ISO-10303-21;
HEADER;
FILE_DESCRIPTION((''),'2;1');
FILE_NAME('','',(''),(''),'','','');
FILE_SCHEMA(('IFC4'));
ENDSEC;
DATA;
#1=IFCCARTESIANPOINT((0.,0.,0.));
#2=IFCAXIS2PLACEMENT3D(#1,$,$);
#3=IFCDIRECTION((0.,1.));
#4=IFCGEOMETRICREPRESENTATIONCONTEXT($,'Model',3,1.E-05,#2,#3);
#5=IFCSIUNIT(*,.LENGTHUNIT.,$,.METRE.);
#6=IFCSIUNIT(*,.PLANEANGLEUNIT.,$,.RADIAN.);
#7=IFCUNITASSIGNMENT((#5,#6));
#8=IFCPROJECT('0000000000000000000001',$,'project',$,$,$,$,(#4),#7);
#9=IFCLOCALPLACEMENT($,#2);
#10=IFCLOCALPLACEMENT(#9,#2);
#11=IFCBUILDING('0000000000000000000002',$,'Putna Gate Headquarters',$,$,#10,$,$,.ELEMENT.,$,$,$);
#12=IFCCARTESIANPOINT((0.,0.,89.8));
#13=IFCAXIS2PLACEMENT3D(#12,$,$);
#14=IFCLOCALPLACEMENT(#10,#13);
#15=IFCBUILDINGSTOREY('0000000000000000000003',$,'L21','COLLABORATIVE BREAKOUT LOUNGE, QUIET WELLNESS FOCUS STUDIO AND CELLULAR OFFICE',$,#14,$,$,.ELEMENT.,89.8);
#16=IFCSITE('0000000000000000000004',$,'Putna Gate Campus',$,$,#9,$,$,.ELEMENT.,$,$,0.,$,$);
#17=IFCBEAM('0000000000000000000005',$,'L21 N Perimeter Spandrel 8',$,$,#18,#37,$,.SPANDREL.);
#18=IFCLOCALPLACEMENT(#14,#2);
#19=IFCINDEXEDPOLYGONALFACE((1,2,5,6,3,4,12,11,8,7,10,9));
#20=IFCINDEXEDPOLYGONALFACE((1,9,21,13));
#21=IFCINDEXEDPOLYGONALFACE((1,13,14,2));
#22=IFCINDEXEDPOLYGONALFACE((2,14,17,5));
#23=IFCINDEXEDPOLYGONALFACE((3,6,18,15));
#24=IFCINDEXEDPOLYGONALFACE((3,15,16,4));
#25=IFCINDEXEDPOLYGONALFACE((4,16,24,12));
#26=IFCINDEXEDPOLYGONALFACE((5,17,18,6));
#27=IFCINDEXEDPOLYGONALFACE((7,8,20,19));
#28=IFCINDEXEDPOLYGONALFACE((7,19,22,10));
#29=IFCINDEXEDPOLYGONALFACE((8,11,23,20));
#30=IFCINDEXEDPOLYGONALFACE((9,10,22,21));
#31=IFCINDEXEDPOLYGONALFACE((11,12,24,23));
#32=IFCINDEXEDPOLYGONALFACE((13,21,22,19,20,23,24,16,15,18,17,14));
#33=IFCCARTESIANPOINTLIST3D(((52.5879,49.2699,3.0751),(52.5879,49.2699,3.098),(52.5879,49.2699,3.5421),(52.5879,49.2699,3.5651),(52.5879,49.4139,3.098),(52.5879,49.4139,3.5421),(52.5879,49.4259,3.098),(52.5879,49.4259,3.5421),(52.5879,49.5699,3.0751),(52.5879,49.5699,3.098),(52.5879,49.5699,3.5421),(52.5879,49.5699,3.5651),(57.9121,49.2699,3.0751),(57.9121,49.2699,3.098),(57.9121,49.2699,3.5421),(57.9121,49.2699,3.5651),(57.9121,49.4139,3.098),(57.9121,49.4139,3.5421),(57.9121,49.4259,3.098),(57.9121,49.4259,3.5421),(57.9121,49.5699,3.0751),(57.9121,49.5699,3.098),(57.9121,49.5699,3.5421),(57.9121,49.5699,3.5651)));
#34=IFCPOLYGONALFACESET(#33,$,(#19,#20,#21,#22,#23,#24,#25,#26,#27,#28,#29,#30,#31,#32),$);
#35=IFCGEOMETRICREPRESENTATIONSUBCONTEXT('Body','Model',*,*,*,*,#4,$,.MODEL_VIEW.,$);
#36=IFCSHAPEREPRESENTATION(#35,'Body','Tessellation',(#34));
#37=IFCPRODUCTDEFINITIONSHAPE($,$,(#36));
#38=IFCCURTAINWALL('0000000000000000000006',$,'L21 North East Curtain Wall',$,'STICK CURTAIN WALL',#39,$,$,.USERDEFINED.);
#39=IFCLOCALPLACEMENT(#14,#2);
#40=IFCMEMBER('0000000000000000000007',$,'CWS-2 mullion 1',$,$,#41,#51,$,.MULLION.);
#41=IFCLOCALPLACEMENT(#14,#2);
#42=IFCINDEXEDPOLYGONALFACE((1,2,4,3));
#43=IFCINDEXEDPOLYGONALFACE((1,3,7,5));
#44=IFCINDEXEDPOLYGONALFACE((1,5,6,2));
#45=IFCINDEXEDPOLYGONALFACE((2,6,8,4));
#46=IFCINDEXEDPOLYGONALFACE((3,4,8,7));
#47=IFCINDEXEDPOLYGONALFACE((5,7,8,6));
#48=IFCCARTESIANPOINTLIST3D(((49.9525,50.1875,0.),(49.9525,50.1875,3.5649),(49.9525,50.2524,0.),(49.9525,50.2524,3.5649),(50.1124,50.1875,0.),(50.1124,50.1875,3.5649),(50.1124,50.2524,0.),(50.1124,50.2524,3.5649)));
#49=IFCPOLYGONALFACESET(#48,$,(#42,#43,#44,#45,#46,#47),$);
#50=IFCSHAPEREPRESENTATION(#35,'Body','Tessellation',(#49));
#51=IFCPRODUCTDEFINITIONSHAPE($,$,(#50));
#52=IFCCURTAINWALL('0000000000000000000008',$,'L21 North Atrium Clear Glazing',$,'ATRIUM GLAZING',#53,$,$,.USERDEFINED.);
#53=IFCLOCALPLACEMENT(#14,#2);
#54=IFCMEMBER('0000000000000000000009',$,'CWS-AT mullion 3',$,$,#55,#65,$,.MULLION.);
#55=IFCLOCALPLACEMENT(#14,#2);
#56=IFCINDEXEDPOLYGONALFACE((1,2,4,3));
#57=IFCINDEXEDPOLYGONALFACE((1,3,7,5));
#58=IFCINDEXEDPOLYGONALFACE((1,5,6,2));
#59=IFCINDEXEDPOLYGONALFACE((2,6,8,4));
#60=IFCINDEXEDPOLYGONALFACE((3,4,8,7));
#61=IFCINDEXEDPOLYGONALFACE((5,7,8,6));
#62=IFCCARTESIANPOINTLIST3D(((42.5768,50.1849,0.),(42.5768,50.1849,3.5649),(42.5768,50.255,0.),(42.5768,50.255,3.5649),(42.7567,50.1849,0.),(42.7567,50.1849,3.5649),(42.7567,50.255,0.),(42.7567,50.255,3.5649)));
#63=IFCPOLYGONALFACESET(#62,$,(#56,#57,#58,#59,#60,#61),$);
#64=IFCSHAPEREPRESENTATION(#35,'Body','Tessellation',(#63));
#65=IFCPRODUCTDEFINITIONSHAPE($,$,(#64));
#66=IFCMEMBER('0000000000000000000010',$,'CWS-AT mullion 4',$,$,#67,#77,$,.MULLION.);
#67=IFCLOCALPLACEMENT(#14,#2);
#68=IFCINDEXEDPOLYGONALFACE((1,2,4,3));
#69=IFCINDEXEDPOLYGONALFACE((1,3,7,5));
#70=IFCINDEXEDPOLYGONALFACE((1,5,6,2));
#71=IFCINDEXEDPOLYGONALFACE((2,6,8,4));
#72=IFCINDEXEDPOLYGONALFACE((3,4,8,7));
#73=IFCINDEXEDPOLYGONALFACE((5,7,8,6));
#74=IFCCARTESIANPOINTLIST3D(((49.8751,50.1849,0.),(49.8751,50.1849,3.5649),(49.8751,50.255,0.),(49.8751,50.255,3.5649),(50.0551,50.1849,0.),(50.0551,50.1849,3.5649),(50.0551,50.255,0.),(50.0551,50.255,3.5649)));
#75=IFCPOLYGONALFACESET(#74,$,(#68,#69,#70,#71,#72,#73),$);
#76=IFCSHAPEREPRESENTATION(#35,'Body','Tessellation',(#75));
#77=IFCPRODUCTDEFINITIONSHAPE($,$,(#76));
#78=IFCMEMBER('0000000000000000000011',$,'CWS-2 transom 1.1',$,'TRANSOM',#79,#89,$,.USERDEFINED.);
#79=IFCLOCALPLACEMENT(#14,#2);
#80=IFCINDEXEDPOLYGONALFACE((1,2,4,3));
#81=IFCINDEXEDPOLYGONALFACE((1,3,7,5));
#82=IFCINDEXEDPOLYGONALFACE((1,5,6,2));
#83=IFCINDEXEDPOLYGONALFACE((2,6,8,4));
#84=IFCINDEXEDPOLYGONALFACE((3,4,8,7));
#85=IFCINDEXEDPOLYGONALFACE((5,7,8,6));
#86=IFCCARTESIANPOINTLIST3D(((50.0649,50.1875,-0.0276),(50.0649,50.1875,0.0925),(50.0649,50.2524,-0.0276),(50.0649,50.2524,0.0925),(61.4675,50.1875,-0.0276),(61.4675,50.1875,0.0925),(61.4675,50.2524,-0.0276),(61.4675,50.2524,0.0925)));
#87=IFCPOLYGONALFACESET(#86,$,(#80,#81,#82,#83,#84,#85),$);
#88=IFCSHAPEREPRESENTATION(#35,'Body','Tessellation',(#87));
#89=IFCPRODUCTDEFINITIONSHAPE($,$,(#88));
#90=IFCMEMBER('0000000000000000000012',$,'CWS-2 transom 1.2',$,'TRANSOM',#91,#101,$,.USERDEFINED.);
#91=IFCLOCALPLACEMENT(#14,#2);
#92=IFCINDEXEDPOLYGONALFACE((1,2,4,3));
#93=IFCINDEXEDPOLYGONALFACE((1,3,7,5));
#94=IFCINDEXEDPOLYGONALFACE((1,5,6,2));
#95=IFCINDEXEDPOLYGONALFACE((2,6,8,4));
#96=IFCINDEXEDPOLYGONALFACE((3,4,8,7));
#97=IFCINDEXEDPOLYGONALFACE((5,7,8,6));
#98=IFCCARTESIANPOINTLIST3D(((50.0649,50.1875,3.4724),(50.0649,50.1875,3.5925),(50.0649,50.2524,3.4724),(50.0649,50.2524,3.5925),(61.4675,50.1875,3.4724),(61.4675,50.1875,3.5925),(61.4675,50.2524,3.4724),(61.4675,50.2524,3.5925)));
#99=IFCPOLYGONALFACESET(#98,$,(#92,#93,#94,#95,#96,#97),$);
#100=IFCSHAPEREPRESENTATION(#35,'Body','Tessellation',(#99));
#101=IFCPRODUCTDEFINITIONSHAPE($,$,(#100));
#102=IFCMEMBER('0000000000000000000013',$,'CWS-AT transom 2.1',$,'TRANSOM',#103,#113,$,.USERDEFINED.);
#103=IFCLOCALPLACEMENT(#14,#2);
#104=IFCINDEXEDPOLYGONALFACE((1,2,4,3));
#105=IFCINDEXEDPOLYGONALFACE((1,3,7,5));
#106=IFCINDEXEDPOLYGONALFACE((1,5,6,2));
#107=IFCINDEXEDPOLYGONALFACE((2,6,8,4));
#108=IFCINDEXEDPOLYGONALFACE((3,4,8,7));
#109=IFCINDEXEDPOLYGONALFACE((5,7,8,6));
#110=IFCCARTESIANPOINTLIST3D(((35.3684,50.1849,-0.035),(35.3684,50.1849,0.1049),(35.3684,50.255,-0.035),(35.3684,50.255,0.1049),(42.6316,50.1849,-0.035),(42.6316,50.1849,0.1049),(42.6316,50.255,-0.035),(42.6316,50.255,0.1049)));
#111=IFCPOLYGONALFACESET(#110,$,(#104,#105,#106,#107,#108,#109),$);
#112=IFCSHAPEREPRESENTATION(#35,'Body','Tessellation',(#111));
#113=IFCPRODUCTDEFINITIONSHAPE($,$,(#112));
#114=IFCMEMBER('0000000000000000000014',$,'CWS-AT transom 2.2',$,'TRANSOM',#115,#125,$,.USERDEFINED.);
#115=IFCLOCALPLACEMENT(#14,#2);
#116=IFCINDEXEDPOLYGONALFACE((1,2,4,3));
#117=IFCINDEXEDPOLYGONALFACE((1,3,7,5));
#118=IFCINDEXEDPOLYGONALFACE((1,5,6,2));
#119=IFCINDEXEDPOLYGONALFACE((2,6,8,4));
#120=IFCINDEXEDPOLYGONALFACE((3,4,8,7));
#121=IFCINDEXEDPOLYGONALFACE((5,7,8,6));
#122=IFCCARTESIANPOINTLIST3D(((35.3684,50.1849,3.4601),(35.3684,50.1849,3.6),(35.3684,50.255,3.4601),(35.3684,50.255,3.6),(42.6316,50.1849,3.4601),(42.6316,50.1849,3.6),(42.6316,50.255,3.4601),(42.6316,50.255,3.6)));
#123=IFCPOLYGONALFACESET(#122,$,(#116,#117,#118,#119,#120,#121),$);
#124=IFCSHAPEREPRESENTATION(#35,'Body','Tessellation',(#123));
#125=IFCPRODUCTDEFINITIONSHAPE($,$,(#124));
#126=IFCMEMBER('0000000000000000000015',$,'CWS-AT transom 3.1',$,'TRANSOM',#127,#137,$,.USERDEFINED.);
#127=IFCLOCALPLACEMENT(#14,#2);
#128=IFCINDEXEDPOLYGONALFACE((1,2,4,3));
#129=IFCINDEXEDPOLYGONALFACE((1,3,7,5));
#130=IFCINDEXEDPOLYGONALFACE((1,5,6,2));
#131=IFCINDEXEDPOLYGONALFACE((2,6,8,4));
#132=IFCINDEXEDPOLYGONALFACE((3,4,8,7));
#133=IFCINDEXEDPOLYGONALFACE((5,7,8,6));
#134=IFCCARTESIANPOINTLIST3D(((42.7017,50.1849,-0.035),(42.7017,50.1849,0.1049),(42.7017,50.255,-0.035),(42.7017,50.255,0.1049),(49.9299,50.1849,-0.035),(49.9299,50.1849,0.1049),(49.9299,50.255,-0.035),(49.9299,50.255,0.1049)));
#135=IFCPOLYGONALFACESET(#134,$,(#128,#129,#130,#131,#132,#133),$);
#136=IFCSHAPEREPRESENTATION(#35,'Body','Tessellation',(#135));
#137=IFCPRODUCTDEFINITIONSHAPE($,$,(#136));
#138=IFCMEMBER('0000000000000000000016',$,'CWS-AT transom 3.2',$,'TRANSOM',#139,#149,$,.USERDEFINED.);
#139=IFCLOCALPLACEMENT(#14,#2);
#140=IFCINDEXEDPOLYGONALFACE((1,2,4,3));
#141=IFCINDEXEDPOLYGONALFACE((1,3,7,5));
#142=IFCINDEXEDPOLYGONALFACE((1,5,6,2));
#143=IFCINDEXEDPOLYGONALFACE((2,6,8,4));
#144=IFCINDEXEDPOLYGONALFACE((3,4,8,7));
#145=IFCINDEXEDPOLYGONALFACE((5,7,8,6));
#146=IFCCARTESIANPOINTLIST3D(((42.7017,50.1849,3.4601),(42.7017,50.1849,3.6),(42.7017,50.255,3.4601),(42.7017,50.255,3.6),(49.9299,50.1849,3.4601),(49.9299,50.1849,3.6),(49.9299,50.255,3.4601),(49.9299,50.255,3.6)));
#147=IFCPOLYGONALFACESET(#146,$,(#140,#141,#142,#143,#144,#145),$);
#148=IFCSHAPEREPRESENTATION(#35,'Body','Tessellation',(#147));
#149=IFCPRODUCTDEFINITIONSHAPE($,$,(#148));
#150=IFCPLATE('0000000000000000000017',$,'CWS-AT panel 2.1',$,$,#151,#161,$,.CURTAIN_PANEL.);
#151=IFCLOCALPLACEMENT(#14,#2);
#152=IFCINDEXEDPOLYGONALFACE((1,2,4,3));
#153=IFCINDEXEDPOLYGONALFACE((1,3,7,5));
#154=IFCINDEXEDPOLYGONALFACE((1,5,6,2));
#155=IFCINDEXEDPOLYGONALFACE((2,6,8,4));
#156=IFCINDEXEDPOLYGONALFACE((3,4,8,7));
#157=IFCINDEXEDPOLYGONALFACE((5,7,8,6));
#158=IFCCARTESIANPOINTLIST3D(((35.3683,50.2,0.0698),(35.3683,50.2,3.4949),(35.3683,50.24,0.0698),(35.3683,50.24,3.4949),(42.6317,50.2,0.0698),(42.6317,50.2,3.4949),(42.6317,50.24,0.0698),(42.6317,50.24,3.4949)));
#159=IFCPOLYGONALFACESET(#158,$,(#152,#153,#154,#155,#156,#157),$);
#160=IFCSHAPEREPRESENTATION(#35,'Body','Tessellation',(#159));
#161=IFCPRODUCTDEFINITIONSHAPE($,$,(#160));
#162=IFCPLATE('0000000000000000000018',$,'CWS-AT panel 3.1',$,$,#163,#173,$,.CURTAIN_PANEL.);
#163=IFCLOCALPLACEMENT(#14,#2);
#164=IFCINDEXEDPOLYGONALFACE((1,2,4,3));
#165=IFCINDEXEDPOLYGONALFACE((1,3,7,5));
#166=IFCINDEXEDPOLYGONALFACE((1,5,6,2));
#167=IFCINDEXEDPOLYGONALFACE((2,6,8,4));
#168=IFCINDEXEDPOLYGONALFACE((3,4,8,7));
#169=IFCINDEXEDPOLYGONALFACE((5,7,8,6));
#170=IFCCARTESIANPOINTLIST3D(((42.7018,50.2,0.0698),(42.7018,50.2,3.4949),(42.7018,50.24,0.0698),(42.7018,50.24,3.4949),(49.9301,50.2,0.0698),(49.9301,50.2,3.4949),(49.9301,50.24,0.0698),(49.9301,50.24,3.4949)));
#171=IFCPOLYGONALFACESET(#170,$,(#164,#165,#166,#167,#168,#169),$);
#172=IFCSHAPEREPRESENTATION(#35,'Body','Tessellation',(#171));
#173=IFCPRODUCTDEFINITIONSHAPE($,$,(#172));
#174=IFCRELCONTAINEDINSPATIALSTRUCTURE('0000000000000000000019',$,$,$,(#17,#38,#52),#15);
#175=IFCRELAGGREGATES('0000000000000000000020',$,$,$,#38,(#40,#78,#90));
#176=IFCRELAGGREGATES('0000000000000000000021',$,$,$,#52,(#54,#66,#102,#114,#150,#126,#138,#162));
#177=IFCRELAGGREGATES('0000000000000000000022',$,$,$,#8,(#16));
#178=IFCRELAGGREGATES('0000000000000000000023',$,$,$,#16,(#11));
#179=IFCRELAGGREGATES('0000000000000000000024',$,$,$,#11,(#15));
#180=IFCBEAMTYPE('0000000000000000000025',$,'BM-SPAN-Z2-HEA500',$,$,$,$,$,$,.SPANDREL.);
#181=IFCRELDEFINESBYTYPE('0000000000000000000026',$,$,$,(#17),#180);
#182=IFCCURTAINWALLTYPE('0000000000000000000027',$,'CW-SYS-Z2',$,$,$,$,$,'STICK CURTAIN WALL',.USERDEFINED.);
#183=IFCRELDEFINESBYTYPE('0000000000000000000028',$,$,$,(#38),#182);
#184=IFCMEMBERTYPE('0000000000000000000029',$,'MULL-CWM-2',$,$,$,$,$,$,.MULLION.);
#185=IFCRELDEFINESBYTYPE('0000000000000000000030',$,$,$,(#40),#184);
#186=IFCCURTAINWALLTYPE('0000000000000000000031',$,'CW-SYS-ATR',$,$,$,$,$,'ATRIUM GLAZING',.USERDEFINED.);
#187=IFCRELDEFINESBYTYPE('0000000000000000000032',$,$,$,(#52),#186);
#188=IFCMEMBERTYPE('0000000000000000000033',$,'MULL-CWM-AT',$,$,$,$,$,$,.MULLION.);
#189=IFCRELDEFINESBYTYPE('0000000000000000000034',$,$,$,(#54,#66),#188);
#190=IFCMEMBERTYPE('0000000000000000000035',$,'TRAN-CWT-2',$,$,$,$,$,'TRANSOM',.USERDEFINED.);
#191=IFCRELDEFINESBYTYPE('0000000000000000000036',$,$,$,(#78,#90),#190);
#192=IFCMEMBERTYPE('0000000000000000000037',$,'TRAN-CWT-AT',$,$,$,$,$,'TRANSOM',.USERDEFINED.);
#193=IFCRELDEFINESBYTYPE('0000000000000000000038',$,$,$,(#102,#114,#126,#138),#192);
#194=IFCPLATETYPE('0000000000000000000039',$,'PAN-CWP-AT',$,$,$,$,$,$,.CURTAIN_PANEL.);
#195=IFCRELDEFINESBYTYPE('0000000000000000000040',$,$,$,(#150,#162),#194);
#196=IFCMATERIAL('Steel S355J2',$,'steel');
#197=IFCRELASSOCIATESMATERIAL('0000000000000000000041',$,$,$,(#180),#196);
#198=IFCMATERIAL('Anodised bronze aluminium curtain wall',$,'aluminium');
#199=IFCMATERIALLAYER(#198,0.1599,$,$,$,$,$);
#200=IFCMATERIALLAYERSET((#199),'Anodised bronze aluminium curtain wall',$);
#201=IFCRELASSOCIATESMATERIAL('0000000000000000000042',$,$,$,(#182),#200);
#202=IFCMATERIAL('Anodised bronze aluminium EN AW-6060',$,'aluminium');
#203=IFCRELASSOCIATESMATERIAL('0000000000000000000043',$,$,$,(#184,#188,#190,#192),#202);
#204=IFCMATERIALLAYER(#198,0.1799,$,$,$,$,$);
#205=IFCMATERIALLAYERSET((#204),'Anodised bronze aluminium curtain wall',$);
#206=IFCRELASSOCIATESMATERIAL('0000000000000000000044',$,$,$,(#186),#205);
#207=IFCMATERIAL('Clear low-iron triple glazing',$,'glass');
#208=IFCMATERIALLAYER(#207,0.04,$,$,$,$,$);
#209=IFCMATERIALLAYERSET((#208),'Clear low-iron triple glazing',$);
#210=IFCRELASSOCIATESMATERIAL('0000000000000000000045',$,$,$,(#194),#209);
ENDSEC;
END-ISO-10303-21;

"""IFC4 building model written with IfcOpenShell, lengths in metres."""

from ifc_helpers import new_model, si_unit, direction, frame, origin, origin_2d, place, context, subcontext, project, spatial, rectangle, i_section, extrude, material, layer, layer_set, material_profile, profile_set, type_object, element, aggregate, save


model = new_model("IFC4")

# Units and contexts
model_context = context("Model", 3, precision=1e-05, world=origin(), true_north=direction((0.0, 1.0)))
body_context = subcontext(model_context, "Body", "Model", "MODEL_VIEW")
ifc_project = project(units=[si_unit("LENGTHUNIT", "METRE"), si_unit("PLANEANGLEUNIT", "RADIAN")], contexts=[model_context])

# Site, building, storey
site_placement = place(None, origin())
site = spatial("IfcSite", under=ifc_project, at=site_placement, Name="Putna Gate Campus", CompositionType="ELEMENT", RefElevation=0.0)
building_placement = place(site_placement, origin())
building = spatial("IfcBuilding", under=site, at=building_placement, Name="Putna Gate Headquarters", CompositionType="ELEMENT")
storey_placement = place(building_placement, frame((0.0, 0.0, 89.8)))
storey = spatial("IfcBuildingStorey", under=building, at=storey_placement, Name="L21", Description="COLLABORATIVE BREAKOUT LOUNGE, QUIET WELLNESS FOCUS STUDIO AND CELLULAR OFFICE", CompositionType="ELEMENT", Elevation=89.8)

# Beam
ifc_material_1 = material(Name="Steel S355J2", Category="steel")
ifc_material_profile_1 = material_profile(ifc_material_1, i_section(OverallWidth=0.3, OverallDepth=0.49, WebThickness=0.012, FlangeThickness=0.0229, at=origin_2d()), Name="Steel S355J2")
ifc_profile_set_1 = profile_set([ifc_material_profile_1], Name="Steel S355J2")
beam_type_1 = type_object("IfcBeamType", Name="BM-SPAN-Z2-HEA500", PredefinedType="SPANDREL", material=ifc_profile_set_1)
for number, where, z_axis, x_axis, name in (
    (1, (52.5879, 49.4199, 3.3201), (1.0, 0.0, 0.0), (0.0, 1.0, 0.0), "L21 N Perimeter Spandrel 8"),
):
    element("IfcBeam", number, at=place(storey_placement, frame(where, z_axis=z_axis, x_axis=x_axis)), inside=storey, type_object=beam_type_1, Name=name, PredefinedType="SPANDREL", context=body_context, shape_type="SweptSolid", body=[
        extrude(i_section(OverallWidth=0.3, OverallDepth=0.49, WebThickness=0.012, FlangeThickness=0.0229, at=origin_2d()), origin(), (0.0, 0.0, 1.0), 5.3242),
    ])

# Curtain wall, member
ifc_material_2 = material(Name="Anodised bronze aluminium curtain wall", Category="aluminium")
ifc_layer_1 = layer(ifc_material_2, 0.1599)
ifc_layer_set_1 = layer_set([ifc_layer_1], Name="Anodised bronze aluminium curtain wall")
curtain_wall_type_1 = type_object("IfcCurtainWallType", Name="CW-SYS-Z2", ElementType="STICK CURTAIN WALL", PredefinedType="USERDEFINED", material=ifc_layer_set_1)
curtain_wall_1_placement = place(storey_placement, origin())
curtain_wall_1 = element("IfcCurtainWall", 2, at=curtain_wall_1_placement, inside=storey, type_object=curtain_wall_type_1, Name="L21 North East Curtain Wall", ObjectType="STICK CURTAIN WALL", PredefinedType="USERDEFINED")
ifc_material_3 = material(Name="Anodised bronze aluminium EN AW-6060", Category="aluminium")
ifc_material_profile_2 = material_profile(ifc_material_3, rectangle(XDim=0.0649, YDim=0.1599, at=origin_2d()), Name="Anodised bronze aluminium EN AW-6060")
ifc_profile_set_2 = profile_set([ifc_material_profile_2], Name="Anodised bronze aluminium EN AW-6060")
member_type_1 = type_object("IfcMemberType", Name="MULL-CWM-2", PredefinedType="MULLION", material=ifc_profile_set_2)
member_1_placement = place(storey_placement, frame((50.0325, 50.22, 0.0), z_axis=(0.0, 0.0, 1.0), x_axis=(0.0, 1.0, 0.0)))
member_1 = element("IfcMember", 3, at=member_1_placement, type_object=member_type_1, Name="CWS-2 mullion 1", PredefinedType="MULLION", context=body_context, shape_type="SweptSolid", body=[
    extrude(rectangle(XDim=0.0649, YDim=0.1599, at=origin_2d()), origin(), (0.0, 0.0, 1.0), 3.5649),
])

# Curtain wall, members
ifc_layer_2 = layer(ifc_material_2, 0.1799)
ifc_layer_set_2 = layer_set([ifc_layer_2], Name="Anodised bronze aluminium curtain wall")
curtain_wall_type_2 = type_object("IfcCurtainWallType", Name="CW-SYS-ATR", ElementType="ATRIUM GLAZING", PredefinedType="USERDEFINED", material=ifc_layer_set_2)
curtain_wall_2_placement = place(storey_placement, origin())
curtain_wall_2 = element("IfcCurtainWall", 4, at=curtain_wall_2_placement, inside=storey, type_object=curtain_wall_type_2, Name="L21 North Atrium Clear Glazing", ObjectType="ATRIUM GLAZING", PredefinedType="USERDEFINED")
ifc_material_profile_3 = material_profile(ifc_material_3, rectangle(XDim=0.0701, YDim=0.1799, at=origin_2d()), Name="Anodised bronze aluminium EN AW-6060")
ifc_profile_set_3 = profile_set([ifc_material_profile_3], Name="Anodised bronze aluminium EN AW-6060")
member_type_2 = type_object("IfcMemberType", Name="MULL-CWM-AT", PredefinedType="MULLION", material=ifc_profile_set_3)
member_2_placement = place(storey_placement, frame((42.6667, 50.22, 0.0), z_axis=(0.0, 0.0, 1.0), x_axis=(0.0, 1.0, 0.0)))
member_2 = element("IfcMember", 5, at=member_2_placement, type_object=member_type_2, Name="CWS-AT mullion 3", PredefinedType="MULLION", context=body_context, shape_type="SweptSolid", body=[
    extrude(rectangle(XDim=0.0701, YDim=0.1799, at=origin_2d()), origin(), (0.0, 0.0, 1.0), 3.5649),
])
member_3_placement = place(storey_placement, frame((49.9651, 50.22, 0.0), z_axis=(0.0, 0.0, 1.0), x_axis=(0.0, 1.0, 0.0)))
member_3 = element("IfcMember", 6, at=member_3_placement, type_object=member_type_2, Name="CWS-AT mullion 4", PredefinedType="MULLION", context=body_context, shape_type="SweptSolid", body=[
    extrude(rectangle(XDim=0.0701, YDim=0.1799, at=origin_2d()), origin(), (0.0, 0.0, 1.0), 3.5649),
])

# Members
ifc_material_profile_4 = material_profile(ifc_material_3, rectangle(XDim=0.0649, YDim=0.1201, at=origin_2d()), Name="Anodised bronze aluminium EN AW-6060")
ifc_profile_set_4 = profile_set([ifc_material_profile_4], Name="Anodised bronze aluminium EN AW-6060")
member_type_3 = type_object("IfcMemberType", Name="TRAN-CWT-2", ElementType="TRANSOM", PredefinedType="USERDEFINED", material=ifc_profile_set_4)
member_4_placement = place(storey_placement, frame((50.0649, 50.22, 0.0325), z_axis=(1.0, 0.0, 0.0), x_axis=(0.0, 1.0, 0.0)))
member_4 = element("IfcMember", 7, at=member_4_placement, type_object=member_type_3, Name="CWS-2 transom 1.1", ObjectType="TRANSOM", PredefinedType="USERDEFINED", context=body_context, shape_type="SweptSolid", body=[
    extrude(rectangle(XDim=0.0649, YDim=0.1201, at=origin_2d()), origin(), (0.0, 0.0, 1.0), 11.4026),
])
member_5_placement = place(storey_placement, frame((50.0649, 50.22, 3.5325), z_axis=(1.0, 0.0, 0.0), x_axis=(0.0, 1.0, 0.0)))
member_5 = element("IfcMember", 8, at=member_5_placement, type_object=member_type_3, Name="CWS-2 transom 1.2", ObjectType="TRANSOM", PredefinedType="USERDEFINED", context=body_context, shape_type="SweptSolid", body=[
    extrude(rectangle(XDim=0.0649, YDim=0.1201, at=origin_2d()), origin(), (0.0, 0.0, 1.0), 11.4026),
])
aggregate(curtain_wall_1, [member_1, member_4, member_5])
ifc_material_profile_5 = material_profile(ifc_material_3, rectangle(XDim=0.0701, YDim=0.1399, at=origin_2d()), Name="Anodised bronze aluminium EN AW-6060")
ifc_profile_set_5 = profile_set([ifc_material_profile_5], Name="Anodised bronze aluminium EN AW-6060")
member_type_4 = type_object("IfcMemberType", Name="TRAN-CWT-AT", ElementType="TRANSOM", PredefinedType="USERDEFINED", material=ifc_profile_set_5)
member_6_placement = place(storey_placement, frame((35.3684, 50.22, 0.0349), z_axis=(1.0, 0.0, 0.0), x_axis=(0.0, 1.0, 0.0)))
member_6 = element("IfcMember", 9, at=member_6_placement, type_object=member_type_4, Name="CWS-AT transom 2.1", ObjectType="TRANSOM", PredefinedType="USERDEFINED", context=body_context, shape_type="SweptSolid", body=[
    extrude(rectangle(XDim=0.0701, YDim=0.1399, at=origin_2d()), origin(), (0.0, 0.0, 1.0), 7.2632),
])
member_7_placement = place(storey_placement, frame((35.3684, 50.22, 3.53), z_axis=(1.0, 0.0, 0.0), x_axis=(0.0, 1.0, 0.0)))
member_7 = element("IfcMember", 10, at=member_7_placement, type_object=member_type_4, Name="CWS-AT transom 2.2", ObjectType="TRANSOM", PredefinedType="USERDEFINED", context=body_context, shape_type="SweptSolid", body=[
    extrude(rectangle(XDim=0.0701, YDim=0.1399, at=origin_2d()), origin(), (0.0, 0.0, 1.0), 7.2632),
])
member_8_placement = place(storey_placement, frame((42.7017, 50.22, 0.0349), z_axis=(1.0, 0.0, 0.0), x_axis=(0.0, 1.0, 0.0)))
member_8 = element("IfcMember", 11, at=member_8_placement, type_object=member_type_4, Name="CWS-AT transom 3.1", ObjectType="TRANSOM", PredefinedType="USERDEFINED", context=body_context, shape_type="SweptSolid", body=[
    extrude(rectangle(XDim=0.0701, YDim=0.1399, at=origin_2d()), origin(), (0.0, 0.0, 1.0), 7.2283),
])
member_9_placement = place(storey_placement, frame((42.7017, 50.22, 3.53), z_axis=(1.0, 0.0, 0.0), x_axis=(0.0, 1.0, 0.0)))
member_9 = element("IfcMember", 12, at=member_9_placement, type_object=member_type_4, Name="CWS-AT transom 3.2", ObjectType="TRANSOM", PredefinedType="USERDEFINED", context=body_context, shape_type="SweptSolid", body=[
    extrude(rectangle(XDim=0.0701, YDim=0.1399, at=origin_2d()), origin(), (0.0, 0.0, 1.0), 7.2283),
])

# Plates
ifc_material_4 = material(Name="Clear low-iron triple glazing", Category="glass")
ifc_layer_3 = layer(ifc_material_4, 0.04)
ifc_layer_set_3 = layer_set([ifc_layer_3], Name="Clear low-iron triple glazing")
plate_type = type_object("IfcPlateType", Name="PAN-CWP-AT", PredefinedType="CURTAIN_PANEL", material=ifc_layer_set_3)
plate_1_placement = place(storey_placement, frame((39.0, 50.22, 0.0698), z_axis=(0.0, 0.0, 1.0), x_axis=(1.0, 0.0, 0.0)))
plate_1 = element("IfcPlate", 13, at=plate_1_placement, type_object=plate_type, Name="CWS-AT panel 2.1", PredefinedType="CURTAIN_PANEL", context=body_context, shape_type="SweptSolid", body=[
    extrude(rectangle(XDim=7.2634, YDim=0.04, at=origin_2d()), origin(), (0.0, 0.0, 1.0), 3.425),
])
plate_2_placement = place(storey_placement, frame((46.3159, 50.22, 0.0698), z_axis=(0.0, 0.0, 1.0), x_axis=(1.0, 0.0, 0.0)))
plate_2 = element("IfcPlate", 14, at=plate_2_placement, type_object=plate_type, Name="CWS-AT panel 3.1", PredefinedType="CURTAIN_PANEL", context=body_context, shape_type="SweptSolid", body=[
    extrude(rectangle(XDim=7.2283, YDim=0.04, at=origin_2d()), origin(), (0.0, 0.0, 1.0), 3.425),
])
aggregate(curtain_wall_2, [member_2, member_3, member_6, member_7, plate_1, member_8, member_9, plate_2])

save(model, "model.ifc")
